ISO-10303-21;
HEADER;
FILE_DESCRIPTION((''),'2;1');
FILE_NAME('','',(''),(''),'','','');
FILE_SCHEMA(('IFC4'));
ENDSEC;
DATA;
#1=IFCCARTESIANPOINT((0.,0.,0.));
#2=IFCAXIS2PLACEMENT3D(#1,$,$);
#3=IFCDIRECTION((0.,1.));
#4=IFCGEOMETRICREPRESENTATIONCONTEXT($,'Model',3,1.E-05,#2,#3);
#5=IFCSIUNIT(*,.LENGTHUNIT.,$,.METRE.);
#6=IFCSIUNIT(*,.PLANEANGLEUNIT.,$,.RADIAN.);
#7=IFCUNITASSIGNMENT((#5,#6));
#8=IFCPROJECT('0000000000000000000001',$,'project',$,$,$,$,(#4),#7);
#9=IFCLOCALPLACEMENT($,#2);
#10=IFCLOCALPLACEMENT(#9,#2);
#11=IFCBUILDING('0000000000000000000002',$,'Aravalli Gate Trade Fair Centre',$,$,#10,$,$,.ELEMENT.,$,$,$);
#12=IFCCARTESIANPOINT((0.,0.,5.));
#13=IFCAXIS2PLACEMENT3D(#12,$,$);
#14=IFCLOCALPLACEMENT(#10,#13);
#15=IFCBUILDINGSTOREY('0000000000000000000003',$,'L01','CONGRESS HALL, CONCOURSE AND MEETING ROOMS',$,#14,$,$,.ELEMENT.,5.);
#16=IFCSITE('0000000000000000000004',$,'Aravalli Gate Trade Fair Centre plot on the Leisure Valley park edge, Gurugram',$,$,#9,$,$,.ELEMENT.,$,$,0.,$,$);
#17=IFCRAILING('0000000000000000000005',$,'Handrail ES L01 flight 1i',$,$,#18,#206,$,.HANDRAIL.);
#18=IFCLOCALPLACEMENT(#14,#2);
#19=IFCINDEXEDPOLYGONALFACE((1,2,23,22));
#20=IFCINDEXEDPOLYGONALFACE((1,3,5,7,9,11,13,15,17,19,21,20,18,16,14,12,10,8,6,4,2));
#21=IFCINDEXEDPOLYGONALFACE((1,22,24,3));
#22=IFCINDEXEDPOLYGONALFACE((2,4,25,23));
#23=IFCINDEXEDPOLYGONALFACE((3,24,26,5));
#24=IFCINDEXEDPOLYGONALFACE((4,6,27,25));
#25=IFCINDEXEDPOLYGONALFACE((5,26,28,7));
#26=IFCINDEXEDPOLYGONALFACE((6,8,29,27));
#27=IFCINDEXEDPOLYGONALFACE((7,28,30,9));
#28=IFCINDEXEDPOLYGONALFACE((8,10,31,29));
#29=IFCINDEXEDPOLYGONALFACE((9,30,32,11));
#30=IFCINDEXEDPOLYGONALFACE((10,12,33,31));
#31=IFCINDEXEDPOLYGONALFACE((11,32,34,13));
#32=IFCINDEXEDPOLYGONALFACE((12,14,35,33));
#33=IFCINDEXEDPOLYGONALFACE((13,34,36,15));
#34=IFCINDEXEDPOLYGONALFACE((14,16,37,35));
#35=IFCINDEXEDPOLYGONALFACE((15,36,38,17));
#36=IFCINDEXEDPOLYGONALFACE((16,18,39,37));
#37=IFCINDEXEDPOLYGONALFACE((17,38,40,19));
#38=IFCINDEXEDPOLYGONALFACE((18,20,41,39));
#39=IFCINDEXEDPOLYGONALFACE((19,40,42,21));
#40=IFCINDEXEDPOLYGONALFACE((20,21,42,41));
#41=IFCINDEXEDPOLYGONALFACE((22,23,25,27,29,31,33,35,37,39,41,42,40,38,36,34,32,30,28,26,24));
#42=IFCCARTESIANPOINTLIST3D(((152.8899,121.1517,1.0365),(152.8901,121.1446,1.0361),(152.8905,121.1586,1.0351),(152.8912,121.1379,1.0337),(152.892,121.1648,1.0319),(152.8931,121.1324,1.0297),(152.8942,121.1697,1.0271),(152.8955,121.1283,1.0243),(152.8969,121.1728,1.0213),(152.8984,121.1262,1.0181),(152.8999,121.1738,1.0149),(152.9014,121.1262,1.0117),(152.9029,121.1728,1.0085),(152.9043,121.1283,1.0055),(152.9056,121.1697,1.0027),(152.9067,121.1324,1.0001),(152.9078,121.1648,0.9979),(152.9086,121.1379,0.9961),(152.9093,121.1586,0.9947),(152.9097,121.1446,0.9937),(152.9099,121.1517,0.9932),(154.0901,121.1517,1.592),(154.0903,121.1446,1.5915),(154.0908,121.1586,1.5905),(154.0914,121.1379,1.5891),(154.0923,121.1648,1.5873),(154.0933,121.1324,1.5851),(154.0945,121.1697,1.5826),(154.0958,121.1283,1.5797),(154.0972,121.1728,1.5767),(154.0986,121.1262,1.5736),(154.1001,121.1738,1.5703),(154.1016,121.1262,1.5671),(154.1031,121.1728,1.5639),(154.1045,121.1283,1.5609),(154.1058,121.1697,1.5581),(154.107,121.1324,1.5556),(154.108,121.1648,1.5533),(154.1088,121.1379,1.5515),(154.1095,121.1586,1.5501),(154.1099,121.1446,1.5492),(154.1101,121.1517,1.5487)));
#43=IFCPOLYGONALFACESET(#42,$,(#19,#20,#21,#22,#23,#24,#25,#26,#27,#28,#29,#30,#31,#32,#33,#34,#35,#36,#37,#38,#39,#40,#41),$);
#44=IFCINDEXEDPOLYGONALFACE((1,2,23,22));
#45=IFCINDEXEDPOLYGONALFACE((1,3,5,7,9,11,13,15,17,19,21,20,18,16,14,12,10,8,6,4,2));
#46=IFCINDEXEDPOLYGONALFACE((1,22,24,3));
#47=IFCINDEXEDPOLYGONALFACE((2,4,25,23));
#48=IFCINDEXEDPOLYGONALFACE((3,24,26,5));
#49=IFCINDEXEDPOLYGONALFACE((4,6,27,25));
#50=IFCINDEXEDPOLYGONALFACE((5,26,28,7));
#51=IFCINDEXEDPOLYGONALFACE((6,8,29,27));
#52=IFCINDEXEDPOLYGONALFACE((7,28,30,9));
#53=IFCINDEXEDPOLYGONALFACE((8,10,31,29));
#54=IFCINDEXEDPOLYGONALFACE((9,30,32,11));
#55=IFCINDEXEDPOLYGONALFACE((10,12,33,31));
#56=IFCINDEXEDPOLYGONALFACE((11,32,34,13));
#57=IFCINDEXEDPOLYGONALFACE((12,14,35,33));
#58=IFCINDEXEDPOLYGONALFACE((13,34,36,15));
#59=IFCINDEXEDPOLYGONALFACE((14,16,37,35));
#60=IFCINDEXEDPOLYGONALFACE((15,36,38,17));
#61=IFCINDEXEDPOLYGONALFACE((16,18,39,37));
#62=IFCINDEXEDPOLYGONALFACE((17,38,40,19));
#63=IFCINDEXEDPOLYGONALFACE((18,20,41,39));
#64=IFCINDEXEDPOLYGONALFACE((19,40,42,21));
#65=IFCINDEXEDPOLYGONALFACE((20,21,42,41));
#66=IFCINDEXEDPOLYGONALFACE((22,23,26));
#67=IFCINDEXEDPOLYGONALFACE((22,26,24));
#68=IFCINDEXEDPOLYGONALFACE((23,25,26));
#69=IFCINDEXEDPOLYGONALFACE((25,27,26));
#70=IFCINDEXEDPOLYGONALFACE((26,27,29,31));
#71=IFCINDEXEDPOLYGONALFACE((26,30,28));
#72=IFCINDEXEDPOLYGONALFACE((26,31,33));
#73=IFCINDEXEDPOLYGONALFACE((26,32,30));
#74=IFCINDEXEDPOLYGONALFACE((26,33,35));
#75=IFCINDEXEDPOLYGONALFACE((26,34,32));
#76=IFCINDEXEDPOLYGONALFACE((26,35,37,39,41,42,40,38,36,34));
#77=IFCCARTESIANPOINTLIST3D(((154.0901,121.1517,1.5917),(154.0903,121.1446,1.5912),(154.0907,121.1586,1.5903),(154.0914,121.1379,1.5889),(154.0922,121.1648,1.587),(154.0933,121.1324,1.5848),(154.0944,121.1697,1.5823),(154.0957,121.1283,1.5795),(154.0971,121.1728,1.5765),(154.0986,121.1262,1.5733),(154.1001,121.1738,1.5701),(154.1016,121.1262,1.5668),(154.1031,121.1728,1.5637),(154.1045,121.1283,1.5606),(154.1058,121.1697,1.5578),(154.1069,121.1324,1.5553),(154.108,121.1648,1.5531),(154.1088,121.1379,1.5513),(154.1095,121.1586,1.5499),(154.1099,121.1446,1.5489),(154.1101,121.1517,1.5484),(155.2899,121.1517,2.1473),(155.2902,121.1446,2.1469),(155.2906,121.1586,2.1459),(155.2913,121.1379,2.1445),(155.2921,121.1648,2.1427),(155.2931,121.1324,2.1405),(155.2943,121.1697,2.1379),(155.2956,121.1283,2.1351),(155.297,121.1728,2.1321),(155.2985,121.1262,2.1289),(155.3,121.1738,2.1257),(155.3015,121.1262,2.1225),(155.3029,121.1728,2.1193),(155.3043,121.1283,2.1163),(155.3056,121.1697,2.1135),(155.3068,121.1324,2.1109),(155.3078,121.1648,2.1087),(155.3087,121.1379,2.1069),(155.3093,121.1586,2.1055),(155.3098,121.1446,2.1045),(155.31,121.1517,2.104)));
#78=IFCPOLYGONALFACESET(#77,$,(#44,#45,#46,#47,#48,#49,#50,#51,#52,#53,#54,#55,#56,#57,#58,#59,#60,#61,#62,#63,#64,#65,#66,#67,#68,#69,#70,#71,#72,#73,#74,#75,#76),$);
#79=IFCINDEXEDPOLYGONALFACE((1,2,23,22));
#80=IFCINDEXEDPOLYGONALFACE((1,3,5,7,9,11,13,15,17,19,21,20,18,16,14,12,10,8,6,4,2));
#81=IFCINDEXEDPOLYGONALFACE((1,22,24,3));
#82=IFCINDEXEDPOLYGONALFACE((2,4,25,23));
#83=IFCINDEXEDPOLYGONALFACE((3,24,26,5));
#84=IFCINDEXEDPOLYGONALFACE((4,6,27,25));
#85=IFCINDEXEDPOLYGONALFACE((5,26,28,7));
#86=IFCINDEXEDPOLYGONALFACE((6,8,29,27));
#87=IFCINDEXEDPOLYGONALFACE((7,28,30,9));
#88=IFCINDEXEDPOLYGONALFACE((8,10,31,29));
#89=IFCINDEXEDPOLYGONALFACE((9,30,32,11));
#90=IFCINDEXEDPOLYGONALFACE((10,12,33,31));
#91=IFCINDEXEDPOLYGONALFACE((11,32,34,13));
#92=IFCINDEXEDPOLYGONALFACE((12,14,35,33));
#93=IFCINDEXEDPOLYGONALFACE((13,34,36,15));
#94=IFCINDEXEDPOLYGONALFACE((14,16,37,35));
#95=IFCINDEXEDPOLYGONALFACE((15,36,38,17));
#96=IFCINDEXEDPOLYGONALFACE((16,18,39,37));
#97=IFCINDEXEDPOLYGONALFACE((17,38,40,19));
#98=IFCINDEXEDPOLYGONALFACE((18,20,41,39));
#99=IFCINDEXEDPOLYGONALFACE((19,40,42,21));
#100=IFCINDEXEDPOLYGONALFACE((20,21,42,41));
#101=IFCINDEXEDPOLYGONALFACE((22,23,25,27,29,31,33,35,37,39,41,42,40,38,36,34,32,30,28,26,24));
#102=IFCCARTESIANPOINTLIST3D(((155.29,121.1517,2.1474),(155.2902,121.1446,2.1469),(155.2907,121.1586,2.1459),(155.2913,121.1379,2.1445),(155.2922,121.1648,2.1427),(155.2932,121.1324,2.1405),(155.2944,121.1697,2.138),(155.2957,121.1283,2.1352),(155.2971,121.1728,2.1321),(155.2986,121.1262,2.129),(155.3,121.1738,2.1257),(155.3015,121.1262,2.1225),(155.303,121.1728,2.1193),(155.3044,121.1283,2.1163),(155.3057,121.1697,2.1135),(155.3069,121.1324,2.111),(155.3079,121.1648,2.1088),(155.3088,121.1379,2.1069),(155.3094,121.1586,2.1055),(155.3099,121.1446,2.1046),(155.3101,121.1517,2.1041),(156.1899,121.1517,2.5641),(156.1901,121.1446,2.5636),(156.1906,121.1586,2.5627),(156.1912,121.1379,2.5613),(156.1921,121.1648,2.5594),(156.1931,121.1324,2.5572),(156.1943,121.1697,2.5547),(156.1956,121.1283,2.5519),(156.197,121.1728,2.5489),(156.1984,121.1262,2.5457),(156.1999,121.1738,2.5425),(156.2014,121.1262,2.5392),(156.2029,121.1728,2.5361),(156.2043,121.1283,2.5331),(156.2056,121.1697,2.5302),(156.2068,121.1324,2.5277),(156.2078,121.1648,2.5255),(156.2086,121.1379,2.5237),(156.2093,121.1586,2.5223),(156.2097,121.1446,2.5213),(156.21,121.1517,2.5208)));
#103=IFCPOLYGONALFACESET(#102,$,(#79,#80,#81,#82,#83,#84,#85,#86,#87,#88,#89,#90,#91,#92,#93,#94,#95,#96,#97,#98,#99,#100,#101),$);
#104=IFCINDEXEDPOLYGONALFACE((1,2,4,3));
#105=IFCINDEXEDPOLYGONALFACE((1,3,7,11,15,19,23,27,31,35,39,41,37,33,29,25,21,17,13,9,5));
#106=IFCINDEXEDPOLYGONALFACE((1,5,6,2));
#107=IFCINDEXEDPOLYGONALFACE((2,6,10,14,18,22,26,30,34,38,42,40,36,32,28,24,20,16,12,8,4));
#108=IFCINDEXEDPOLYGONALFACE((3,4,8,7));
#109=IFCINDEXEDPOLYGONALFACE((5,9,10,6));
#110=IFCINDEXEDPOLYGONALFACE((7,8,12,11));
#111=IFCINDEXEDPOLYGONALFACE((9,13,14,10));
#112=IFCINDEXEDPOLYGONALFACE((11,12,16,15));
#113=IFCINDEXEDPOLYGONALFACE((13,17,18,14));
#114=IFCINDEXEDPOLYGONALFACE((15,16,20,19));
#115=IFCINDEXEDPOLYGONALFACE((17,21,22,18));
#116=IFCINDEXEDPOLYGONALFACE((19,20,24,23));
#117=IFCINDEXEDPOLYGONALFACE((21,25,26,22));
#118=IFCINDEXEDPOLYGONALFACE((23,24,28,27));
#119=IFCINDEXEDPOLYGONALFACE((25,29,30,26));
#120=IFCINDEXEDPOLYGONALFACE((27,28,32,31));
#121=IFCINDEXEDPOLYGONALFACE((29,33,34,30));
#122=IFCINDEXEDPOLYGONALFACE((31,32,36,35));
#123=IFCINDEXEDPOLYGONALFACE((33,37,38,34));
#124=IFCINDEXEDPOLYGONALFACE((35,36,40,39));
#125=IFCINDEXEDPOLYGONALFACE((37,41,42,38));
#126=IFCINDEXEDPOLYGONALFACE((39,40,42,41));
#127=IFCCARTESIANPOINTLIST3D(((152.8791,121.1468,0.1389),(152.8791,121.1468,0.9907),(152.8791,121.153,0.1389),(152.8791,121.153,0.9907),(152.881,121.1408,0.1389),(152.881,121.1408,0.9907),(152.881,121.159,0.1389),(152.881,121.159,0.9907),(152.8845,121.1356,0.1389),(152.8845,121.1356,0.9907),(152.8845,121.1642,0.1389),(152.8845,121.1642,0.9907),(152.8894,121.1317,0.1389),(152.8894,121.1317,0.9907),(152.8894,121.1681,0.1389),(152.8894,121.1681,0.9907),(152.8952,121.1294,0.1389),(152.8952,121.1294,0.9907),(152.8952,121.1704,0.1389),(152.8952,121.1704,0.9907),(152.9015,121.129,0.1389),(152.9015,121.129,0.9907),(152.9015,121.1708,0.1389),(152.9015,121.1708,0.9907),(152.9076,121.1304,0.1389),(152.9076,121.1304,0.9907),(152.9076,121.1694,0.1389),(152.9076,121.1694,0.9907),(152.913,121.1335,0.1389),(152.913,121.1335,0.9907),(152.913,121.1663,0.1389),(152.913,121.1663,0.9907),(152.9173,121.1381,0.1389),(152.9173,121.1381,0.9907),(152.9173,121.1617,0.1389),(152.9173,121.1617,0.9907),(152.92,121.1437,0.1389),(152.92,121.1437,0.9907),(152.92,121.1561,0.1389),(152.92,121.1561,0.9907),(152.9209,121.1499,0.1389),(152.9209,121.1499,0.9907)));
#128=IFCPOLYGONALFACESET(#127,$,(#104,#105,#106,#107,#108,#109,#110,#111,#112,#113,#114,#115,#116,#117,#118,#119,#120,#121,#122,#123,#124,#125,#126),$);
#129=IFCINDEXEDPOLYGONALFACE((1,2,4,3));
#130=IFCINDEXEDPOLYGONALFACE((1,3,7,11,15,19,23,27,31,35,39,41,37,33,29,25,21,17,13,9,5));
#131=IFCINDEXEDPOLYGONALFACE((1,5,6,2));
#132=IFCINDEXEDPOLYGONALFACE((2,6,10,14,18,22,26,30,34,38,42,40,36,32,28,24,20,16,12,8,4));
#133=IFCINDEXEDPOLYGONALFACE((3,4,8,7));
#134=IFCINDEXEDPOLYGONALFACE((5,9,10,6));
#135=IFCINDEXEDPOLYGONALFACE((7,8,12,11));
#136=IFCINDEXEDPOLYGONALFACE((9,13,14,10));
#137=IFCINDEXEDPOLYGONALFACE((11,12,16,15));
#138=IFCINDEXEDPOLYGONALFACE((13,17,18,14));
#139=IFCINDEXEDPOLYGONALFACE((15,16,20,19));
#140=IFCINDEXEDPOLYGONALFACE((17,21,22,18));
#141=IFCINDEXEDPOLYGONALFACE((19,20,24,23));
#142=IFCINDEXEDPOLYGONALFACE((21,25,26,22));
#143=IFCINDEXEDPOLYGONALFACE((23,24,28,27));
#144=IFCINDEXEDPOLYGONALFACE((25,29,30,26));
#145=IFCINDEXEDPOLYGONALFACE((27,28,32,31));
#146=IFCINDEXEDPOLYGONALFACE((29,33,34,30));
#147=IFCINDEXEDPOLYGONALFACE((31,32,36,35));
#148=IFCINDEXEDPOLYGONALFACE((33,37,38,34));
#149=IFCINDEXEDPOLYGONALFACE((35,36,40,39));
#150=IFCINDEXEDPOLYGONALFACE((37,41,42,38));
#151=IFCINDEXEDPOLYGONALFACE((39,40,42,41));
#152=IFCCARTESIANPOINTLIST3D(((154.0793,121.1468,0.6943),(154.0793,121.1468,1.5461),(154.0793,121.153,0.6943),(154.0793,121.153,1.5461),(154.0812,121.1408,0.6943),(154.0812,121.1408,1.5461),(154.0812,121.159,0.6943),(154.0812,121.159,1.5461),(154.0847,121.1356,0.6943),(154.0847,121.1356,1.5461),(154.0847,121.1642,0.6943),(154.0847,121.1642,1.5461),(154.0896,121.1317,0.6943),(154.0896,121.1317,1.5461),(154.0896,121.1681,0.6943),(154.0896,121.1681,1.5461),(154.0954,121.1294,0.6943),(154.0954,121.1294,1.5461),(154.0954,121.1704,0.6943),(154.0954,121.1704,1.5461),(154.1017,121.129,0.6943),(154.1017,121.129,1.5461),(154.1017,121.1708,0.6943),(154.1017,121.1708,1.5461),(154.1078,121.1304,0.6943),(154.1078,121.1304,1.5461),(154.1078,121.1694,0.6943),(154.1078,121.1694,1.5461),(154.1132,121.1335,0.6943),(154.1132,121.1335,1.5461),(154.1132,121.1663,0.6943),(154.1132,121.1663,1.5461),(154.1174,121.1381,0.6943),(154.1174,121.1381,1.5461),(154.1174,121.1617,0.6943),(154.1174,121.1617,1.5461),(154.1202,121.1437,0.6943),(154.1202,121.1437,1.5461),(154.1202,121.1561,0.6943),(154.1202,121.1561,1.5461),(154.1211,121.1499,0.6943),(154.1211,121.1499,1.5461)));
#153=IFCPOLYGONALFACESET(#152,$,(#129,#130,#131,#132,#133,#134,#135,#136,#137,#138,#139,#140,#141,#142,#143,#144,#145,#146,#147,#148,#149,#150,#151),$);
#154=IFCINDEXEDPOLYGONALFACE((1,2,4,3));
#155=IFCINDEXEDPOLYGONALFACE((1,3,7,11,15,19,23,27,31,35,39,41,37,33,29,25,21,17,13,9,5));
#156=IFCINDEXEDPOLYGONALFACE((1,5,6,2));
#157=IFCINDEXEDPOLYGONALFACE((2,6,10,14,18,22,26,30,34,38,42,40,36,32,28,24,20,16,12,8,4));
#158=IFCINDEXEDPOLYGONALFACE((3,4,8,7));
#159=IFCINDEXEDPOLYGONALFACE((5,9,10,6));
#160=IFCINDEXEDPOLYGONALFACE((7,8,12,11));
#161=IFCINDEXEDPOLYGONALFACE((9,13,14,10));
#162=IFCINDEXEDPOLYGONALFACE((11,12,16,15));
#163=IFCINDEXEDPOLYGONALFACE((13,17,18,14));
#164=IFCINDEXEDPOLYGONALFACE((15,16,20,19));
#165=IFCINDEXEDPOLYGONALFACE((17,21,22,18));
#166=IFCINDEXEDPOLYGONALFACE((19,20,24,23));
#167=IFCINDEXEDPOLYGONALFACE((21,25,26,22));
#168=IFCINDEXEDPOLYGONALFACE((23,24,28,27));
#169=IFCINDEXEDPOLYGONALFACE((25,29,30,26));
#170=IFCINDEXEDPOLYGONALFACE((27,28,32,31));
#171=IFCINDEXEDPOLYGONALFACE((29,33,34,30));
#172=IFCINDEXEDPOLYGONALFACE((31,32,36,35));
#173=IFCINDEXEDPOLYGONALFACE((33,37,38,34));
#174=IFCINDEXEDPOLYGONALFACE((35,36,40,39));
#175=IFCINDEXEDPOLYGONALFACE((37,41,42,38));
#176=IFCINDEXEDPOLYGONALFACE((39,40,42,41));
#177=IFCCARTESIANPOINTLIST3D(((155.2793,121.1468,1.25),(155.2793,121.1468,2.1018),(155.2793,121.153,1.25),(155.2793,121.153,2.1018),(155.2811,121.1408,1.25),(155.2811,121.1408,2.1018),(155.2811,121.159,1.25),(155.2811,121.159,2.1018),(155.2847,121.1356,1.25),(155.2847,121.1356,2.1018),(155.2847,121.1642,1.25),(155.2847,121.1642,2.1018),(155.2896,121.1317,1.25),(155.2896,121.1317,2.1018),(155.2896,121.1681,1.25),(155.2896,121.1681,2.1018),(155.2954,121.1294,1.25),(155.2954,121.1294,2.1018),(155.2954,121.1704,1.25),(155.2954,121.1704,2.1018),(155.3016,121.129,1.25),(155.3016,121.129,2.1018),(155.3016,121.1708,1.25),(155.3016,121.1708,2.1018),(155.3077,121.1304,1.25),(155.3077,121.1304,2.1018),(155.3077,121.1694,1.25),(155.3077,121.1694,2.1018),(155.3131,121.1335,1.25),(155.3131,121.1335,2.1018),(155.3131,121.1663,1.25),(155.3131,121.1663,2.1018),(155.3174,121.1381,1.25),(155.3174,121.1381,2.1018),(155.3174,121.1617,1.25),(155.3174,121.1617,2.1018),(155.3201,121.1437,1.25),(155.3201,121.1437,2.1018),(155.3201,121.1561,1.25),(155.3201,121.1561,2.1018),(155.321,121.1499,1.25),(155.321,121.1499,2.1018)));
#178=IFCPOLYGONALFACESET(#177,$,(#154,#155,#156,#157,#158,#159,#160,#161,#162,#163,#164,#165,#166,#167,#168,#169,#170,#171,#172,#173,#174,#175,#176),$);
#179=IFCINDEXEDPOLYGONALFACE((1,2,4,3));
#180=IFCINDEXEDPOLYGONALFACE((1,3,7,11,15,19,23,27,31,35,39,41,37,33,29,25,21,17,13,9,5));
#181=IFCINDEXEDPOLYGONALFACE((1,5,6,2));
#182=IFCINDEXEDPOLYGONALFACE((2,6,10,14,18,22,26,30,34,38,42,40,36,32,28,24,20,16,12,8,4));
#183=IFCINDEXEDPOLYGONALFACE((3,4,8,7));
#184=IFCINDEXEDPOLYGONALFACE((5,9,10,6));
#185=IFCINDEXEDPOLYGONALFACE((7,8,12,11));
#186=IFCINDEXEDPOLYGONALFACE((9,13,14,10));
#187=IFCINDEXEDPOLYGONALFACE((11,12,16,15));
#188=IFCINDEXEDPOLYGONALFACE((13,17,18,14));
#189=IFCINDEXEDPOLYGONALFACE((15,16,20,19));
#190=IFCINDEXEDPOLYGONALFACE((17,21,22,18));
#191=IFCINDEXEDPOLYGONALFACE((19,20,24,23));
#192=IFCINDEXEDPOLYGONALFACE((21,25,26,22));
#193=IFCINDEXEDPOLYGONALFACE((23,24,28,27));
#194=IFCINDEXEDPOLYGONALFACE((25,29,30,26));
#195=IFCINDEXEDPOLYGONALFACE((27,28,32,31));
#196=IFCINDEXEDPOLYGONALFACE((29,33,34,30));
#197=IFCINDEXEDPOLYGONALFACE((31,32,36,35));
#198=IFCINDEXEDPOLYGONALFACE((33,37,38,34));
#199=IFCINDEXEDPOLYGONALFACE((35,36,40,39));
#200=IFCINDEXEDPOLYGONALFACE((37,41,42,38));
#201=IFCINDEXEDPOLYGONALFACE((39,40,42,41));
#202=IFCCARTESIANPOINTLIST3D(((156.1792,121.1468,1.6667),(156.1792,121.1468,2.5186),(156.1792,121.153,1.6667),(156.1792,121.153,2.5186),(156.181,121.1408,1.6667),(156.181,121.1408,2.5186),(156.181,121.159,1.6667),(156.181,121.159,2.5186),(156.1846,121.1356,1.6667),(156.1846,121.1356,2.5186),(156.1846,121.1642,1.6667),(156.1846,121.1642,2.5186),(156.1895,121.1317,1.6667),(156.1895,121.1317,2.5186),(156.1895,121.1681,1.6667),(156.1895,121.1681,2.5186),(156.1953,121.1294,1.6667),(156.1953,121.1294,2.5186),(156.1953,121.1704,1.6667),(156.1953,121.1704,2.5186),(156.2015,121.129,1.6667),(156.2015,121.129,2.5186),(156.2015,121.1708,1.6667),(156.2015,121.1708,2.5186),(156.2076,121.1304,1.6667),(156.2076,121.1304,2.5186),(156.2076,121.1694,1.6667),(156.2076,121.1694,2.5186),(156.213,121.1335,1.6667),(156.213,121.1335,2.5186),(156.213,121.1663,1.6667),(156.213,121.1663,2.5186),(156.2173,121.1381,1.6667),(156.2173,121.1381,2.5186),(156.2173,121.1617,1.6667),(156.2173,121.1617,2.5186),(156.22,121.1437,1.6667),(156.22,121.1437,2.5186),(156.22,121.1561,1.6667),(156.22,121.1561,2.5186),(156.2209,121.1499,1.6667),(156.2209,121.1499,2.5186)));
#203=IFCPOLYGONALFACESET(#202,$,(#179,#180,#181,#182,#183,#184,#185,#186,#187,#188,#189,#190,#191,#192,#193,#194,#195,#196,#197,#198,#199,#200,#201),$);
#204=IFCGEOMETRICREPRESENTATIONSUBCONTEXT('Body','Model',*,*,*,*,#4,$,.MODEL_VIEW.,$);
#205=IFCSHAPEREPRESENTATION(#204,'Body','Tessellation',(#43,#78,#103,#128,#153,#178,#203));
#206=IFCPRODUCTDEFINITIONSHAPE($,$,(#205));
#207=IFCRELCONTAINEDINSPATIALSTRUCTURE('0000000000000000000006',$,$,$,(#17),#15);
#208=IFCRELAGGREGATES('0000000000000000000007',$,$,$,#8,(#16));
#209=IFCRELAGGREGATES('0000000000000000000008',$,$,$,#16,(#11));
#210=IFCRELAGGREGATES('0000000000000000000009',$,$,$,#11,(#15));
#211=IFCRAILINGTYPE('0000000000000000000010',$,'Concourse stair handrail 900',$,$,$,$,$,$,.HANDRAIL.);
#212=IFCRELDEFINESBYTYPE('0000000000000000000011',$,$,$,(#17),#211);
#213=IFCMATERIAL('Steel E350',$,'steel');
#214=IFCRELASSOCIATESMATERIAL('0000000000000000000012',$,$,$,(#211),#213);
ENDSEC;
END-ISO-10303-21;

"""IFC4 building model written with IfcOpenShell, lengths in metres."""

from ifc_helpers import new_model, si_unit, direction, frame, origin, origin_2d, place, context, subcontext, project, spatial, circle, extrude, material, type_object, element, save


model = new_model("IFC4")

# Units and contexts
model_context = context("Model", 3, precision=1e-05, world=origin(), true_north=direction((0.0, 1.0)))
body_context = subcontext(model_context, "Body", "Model", "MODEL_VIEW")
ifc_project = project(units=[si_unit("LENGTHUNIT", "METRE"), si_unit("PLANEANGLEUNIT", "RADIAN")], contexts=[model_context])

# Site, building, storey
site_placement = place(None, origin())
site = spatial("IfcSite", under=ifc_project, at=site_placement, Name="Aravalli Gate Trade Fair Centre plot on the Leisure Valley park edge, Gurugram", CompositionType="ELEMENT", RefElevation=0.0)
building_placement = place(site_placement, origin())
building = spatial("IfcBuilding", under=site, at=building_placement, Name="Aravalli Gate Trade Fair Centre", CompositionType="ELEMENT")
storey_placement = place(building_placement, frame((0.0, 0.0, 5.0)))
storey = spatial("IfcBuildingStorey", under=building, at=storey_placement, Name="L01", Description="CONGRESS HALL, CONCOURSE AND MEETING ROOMS", CompositionType="ELEMENT", Elevation=5.0)

# Shared definitions
ifc_material_1 = material(Name="Steel E350", Category="steel")

# Railing
railing_type = type_object("IfcRailingType", Name="Concourse stair handrail 900", PredefinedType="HANDRAIL", material=ifc_material_1)
railing_1_placement = place(storey_placement, frame((152.8999, 121.1499, 0.1389)))
element("IfcRailing", 1, at=railing_1_placement, inside=storey, type_object=railing_type, Name="Handrail ES L01 flight 1i", PredefinedType="HANDRAIL", context=body_context, shape_type="SweptSolid", body=[
    extrude(circle(Radius=0.0239, at=origin_2d()), frame((0.0, 0.0, 0.876), z_axis=(0.907532, 0.0, 0.419983), x_axis=(0.0, 1.0, 0.0)), (0.0, 0.0, 1.0), 1.3225),
    extrude(circle(Radius=0.0239, at=origin_2d()), frame((1.2002, 0.0, 1.4312), z_axis=(0.907429, 0.0, 0.420205), x_axis=(0.0, 1.0, 0.0)), (0.0, 0.0, 1.0), 1.3223),
    extrude(circle(Radius=0.0239, at=origin_2d()), frame((2.4001, 0.0, 1.9868), z_axis=(0.907418, 0.0, 0.420229), x_axis=(0.0, 1.0, 0.0)), (0.0, 0.0, 1.0), 0.9917),
    extrude(circle(Radius=0.021, at=origin_2d()), origin(), (0.0, 0.0, 1.0), 0.8518),
    extrude(circle(Radius=0.021, at=origin_2d()), frame((1.2002, 0.0, 0.5554)), (0.0, 0.0, 1.0), 0.8518),
    extrude(circle(Radius=0.021, at=origin_2d()), frame((2.4001, 0.0, 1.1111)), (0.0, 0.0, 1.0), 0.8518),
    extrude(circle(Radius=0.021, at=origin_2d()), frame((3.3, 0.0, 1.5278)), (0.0, 0.0, 1.0), 0.8518),
])

save(model, "model.ifc")
